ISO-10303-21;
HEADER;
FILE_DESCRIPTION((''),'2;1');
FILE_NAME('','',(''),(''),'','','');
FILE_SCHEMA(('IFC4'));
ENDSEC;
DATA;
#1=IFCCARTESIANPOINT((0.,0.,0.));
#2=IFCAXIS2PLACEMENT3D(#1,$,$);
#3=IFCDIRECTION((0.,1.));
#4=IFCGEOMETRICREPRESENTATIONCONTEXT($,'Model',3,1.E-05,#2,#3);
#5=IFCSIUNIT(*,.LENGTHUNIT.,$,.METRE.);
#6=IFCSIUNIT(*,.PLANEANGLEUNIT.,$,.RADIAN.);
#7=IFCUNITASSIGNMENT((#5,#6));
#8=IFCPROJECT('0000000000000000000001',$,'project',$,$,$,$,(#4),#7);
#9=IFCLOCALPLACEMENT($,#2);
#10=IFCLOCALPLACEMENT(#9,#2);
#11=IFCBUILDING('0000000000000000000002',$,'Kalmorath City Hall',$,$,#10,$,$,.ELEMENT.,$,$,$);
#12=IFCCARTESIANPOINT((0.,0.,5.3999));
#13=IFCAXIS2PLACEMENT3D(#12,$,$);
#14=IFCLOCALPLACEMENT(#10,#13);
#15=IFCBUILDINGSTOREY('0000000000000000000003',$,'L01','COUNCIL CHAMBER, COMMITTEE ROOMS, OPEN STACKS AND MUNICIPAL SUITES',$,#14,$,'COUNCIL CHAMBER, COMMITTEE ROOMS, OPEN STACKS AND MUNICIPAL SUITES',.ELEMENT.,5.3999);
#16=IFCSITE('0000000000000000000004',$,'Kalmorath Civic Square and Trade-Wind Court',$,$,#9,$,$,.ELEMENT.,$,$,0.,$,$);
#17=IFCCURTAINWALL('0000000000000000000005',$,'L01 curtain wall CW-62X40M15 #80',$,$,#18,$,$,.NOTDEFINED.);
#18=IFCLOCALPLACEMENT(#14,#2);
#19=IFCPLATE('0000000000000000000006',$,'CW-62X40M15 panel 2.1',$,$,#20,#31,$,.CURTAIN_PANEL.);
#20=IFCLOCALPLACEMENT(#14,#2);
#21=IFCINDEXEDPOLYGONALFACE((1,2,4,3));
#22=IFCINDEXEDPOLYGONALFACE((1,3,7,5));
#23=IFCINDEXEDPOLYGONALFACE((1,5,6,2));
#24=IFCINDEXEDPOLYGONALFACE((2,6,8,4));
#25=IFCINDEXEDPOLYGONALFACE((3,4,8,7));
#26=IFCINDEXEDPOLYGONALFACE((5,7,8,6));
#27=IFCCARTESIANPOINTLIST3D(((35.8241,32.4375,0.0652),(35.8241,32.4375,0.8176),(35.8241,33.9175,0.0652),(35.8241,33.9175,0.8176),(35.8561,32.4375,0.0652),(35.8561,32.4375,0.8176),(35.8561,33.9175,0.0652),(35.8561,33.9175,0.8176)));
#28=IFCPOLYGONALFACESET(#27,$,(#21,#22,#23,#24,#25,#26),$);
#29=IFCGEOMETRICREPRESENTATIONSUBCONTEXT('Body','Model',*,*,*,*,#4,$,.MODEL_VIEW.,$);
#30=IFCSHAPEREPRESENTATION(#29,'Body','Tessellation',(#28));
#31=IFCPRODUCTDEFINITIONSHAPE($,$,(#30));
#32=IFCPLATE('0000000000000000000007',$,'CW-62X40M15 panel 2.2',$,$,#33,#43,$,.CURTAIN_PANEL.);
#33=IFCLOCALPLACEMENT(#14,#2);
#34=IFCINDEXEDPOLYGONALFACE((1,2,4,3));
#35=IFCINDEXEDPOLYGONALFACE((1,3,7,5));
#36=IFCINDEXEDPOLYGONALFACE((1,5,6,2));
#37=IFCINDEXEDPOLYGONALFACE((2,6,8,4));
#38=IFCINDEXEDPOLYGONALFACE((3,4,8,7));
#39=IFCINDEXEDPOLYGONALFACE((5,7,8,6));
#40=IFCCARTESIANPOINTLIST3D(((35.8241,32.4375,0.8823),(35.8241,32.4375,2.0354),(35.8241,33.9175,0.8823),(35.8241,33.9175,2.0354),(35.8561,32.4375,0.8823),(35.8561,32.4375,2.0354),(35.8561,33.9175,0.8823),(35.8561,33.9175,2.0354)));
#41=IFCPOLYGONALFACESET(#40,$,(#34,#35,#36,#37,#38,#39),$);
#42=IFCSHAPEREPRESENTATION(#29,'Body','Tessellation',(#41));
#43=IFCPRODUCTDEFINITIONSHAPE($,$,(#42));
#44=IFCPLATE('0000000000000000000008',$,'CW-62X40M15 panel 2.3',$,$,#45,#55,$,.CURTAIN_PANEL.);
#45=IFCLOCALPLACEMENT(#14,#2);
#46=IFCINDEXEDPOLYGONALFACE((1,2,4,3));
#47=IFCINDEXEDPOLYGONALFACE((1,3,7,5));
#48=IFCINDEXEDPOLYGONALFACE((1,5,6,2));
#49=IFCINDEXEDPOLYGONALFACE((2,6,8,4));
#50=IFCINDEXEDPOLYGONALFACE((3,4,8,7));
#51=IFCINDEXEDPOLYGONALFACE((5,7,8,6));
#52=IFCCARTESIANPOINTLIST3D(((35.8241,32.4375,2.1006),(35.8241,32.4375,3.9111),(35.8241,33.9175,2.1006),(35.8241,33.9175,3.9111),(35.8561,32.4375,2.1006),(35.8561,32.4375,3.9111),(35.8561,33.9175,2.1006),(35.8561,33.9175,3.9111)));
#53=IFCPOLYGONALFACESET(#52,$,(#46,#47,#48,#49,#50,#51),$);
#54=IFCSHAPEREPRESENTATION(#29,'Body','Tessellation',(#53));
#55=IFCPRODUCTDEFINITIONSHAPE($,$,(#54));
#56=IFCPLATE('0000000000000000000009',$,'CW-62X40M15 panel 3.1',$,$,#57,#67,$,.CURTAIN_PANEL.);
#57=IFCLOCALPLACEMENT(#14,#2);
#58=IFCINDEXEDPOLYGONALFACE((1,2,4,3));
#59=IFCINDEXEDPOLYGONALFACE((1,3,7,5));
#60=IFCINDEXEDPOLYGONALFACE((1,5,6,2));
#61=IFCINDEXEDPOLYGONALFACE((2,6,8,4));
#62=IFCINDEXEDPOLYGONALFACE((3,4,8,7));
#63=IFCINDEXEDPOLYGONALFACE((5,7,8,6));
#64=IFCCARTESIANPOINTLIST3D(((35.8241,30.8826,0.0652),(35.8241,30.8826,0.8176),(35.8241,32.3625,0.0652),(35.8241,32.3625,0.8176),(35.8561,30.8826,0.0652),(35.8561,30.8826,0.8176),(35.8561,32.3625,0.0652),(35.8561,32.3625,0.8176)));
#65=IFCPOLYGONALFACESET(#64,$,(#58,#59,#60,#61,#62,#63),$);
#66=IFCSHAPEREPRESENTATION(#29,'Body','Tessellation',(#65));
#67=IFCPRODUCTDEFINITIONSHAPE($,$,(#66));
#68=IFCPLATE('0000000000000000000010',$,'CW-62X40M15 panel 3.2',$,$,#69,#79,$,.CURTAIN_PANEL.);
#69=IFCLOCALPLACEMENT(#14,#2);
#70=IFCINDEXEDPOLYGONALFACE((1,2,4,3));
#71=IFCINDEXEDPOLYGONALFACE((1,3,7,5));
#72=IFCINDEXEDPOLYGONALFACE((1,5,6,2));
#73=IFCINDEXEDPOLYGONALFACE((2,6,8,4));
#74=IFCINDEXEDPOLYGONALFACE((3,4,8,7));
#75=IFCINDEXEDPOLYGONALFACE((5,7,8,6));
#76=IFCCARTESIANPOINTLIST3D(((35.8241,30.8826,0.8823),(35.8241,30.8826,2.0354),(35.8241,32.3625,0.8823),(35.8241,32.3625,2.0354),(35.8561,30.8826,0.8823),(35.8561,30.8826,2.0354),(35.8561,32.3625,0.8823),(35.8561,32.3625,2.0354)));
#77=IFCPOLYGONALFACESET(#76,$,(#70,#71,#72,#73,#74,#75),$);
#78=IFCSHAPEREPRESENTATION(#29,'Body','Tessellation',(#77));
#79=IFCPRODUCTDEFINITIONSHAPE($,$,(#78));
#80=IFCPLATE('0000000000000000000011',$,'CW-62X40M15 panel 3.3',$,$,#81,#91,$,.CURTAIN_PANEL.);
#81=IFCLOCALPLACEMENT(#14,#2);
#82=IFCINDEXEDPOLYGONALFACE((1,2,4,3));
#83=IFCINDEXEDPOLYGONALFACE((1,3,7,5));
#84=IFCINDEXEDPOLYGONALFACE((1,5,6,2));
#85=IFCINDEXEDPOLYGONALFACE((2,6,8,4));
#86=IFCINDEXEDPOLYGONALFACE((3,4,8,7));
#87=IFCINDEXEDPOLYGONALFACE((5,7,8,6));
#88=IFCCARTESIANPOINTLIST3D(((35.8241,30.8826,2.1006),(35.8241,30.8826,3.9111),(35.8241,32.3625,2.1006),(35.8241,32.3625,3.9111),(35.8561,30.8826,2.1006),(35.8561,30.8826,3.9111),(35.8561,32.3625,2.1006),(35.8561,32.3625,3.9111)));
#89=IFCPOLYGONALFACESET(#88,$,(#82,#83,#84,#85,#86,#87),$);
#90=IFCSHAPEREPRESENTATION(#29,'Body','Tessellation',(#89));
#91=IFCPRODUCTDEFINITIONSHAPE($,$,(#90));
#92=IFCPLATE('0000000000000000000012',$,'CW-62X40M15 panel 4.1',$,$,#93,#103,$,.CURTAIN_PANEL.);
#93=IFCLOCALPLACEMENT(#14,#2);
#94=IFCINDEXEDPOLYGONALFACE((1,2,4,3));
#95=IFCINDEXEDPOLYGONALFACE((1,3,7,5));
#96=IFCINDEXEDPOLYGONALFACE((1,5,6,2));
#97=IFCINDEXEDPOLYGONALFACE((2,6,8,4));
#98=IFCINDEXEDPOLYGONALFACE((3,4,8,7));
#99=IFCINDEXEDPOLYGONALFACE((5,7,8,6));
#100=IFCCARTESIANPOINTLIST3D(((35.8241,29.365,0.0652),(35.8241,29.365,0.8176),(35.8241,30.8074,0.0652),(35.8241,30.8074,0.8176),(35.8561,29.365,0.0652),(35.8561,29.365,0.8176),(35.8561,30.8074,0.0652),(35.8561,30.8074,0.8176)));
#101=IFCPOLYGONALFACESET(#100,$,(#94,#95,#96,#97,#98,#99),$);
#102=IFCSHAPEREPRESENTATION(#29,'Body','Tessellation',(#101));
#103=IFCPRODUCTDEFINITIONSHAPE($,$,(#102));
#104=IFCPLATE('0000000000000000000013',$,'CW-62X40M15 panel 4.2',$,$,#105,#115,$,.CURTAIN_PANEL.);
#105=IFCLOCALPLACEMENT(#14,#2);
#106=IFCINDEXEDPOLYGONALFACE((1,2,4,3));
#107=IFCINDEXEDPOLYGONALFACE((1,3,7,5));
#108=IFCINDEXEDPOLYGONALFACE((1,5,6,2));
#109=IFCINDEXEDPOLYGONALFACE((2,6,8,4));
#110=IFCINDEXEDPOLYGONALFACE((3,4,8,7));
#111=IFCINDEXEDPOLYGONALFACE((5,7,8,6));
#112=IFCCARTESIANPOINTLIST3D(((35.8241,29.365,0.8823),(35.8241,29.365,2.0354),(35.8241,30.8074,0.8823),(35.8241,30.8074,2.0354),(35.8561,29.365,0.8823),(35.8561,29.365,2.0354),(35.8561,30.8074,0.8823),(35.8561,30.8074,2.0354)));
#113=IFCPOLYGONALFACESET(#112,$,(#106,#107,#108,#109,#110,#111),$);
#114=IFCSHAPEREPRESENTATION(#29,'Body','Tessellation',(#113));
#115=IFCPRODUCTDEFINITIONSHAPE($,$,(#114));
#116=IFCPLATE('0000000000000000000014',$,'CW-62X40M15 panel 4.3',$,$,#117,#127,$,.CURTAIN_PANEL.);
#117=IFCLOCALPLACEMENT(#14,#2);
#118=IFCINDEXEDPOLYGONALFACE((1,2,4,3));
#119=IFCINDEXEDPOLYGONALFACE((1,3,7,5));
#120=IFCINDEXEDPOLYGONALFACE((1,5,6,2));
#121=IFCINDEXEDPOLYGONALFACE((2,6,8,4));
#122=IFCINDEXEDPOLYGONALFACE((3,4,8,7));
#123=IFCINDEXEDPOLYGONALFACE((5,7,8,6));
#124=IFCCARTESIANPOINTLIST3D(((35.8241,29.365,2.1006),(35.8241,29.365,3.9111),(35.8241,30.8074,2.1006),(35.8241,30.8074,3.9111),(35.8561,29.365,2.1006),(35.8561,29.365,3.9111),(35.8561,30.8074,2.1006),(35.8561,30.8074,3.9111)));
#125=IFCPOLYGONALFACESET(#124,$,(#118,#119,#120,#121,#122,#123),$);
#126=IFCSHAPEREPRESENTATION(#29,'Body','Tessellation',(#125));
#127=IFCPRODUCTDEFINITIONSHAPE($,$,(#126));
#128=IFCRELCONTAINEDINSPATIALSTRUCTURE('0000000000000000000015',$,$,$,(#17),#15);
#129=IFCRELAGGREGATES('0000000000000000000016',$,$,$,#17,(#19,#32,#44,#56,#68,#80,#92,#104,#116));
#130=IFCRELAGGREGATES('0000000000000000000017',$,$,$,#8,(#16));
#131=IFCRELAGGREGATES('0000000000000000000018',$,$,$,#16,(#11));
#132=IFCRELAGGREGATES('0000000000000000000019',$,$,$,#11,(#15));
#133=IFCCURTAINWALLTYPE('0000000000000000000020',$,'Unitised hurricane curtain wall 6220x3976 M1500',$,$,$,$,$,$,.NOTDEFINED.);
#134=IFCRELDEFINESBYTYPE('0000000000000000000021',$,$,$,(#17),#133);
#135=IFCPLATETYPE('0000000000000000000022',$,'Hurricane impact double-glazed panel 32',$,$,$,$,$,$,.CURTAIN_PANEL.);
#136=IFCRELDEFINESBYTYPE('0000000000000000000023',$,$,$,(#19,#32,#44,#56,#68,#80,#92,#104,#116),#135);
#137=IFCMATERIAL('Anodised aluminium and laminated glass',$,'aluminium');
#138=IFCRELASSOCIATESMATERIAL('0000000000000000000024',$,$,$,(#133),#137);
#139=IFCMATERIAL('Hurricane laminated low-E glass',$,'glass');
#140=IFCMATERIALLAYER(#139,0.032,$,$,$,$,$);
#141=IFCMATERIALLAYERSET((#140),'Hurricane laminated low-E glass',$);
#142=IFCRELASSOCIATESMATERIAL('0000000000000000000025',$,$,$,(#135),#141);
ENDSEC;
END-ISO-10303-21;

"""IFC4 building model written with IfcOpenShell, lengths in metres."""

from ifc_helpers import new_model, si_unit, direction, frame, origin, origin_2d, place, context, subcontext, project, spatial, rectangle, extrude, material, layer, layer_set, type_object, element, aggregate, save


model = new_model("IFC4")

# Units and contexts
model_context = context("Model", 3, precision=1e-05, world=origin(), true_north=direction((0.0, 1.0)))
body_context = subcontext(model_context, "Body", "Model", "MODEL_VIEW")
ifc_project = project(units=[si_unit("LENGTHUNIT", "METRE"), si_unit("PLANEANGLEUNIT", "RADIAN")], contexts=[model_context])

# Site, building, storey
site_placement = place(None, origin())
site = spatial("IfcSite", under=ifc_project, at=site_placement, Name="Kalmorath Civic Square and Trade-Wind Court", CompositionType="ELEMENT", RefElevation=0.0)
building_placement = place(site_placement, origin())
building = spatial("IfcBuilding", under=site, at=building_placement, Name="Kalmorath City Hall", CompositionType="ELEMENT")
storey_placement = place(building_placement, frame((0.0, 0.0, 5.3999)))
storey = spatial("IfcBuildingStorey", under=building, at=storey_placement, Name="L01", Description="COUNCIL CHAMBER, COMMITTEE ROOMS, OPEN STACKS AND MUNICIPAL SUITES", LongName="COUNCIL CHAMBER, COMMITTEE ROOMS, OPEN STACKS AND MUNICIPAL SUITES", CompositionType="ELEMENT", Elevation=5.3999)

# Curtain wall
ifc_material_1 = material(Name="Anodised aluminium and laminated glass", Category="aluminium")
curtain_wall_type_1 = type_object("IfcCurtainWallType", Name="Unitised hurricane curtain wall 6220x3976 M1500", PredefinedType="NOTDEFINED", material=ifc_material_1)
curtain_wall_1_placement = place(storey_placement, origin())
curtain_wall_1 = element("IfcCurtainWall", 1, at=curtain_wall_1_placement, inside=storey, type_object=curtain_wall_type_1, Name="L01 curtain wall CW-62X40M15 #80", PredefinedType="NOTDEFINED")

# Plates
ifc_material_2 = material(Name="Hurricane laminated low-E glass", Category="glass")
ifc_layer = layer(ifc_material_2, 0.032)
ifc_layer_set = layer_set([ifc_layer], Name="Hurricane laminated low-E glass")
plate_type = type_object("IfcPlateType", Name="Hurricane impact double-glazed panel 32", PredefinedType="CURTAIN_PANEL", material=ifc_layer_set)
plate_1_placement = place(storey_placement, frame((35.8401, 33.1775, 0.0652), z_axis=(0.0, 0.0, 1.0), x_axis=(0.0, -1.0, 0.0)))
plate_1 = element("IfcPlate", 2, at=plate_1_placement, type_object=plate_type, Name="CW-62X40M15 panel 2.1", PredefinedType="CURTAIN_PANEL", context=body_context, shape_type="SweptSolid", body=[
    extrude(rectangle(XDim=1.48, YDim=0.032, at=origin_2d()), origin(), (0.0, 0.0, 1.0), 0.7524),
])
plate_2_placement = place(storey_placement, frame((35.8401, 33.1775, 0.8823), z_axis=(0.0, 0.0, 1.0), x_axis=(0.0, -1.0, 0.0)))
plate_2 = element("IfcPlate", 3, at=plate_2_placement, type_object=plate_type, Name="CW-62X40M15 panel 2.2", PredefinedType="CURTAIN_PANEL", context=body_context, shape_type="SweptSolid", body=[
    extrude(rectangle(XDim=1.48, YDim=0.032, at=origin_2d()), origin(), (0.0, 0.0, 1.0), 1.1531),
])
plate_3_placement = place(storey_placement, frame((35.8401, 33.1775, 2.1006), z_axis=(0.0, 0.0, 1.0), x_axis=(0.0, -1.0, 0.0)))
plate_3 = element("IfcPlate", 4, at=plate_3_placement, type_object=plate_type, Name="CW-62X40M15 panel 2.3", PredefinedType="CURTAIN_PANEL", context=body_context, shape_type="SweptSolid", body=[
    extrude(rectangle(XDim=1.48, YDim=0.032, at=origin_2d()), origin(), (0.0, 0.0, 1.0), 1.8105),
])
plate_4_placement = place(storey_placement, frame((35.8401, 31.6226, 0.0652), z_axis=(0.0, 0.0, 1.0), x_axis=(0.0, -1.0, 0.0)))
plate_4 = element("IfcPlate", 5, at=plate_4_placement, type_object=plate_type, Name="CW-62X40M15 panel 3.1", PredefinedType="CURTAIN_PANEL", context=body_context, shape_type="SweptSolid", body=[
    extrude(rectangle(XDim=1.48, YDim=0.032, at=origin_2d()), origin(), (0.0, 0.0, 1.0), 0.7524),
])
plate_5_placement = place(storey_placement, frame((35.8401, 31.6226, 0.8823), z_axis=(0.0, 0.0, 1.0), x_axis=(0.0, -1.0, 0.0)))
plate_5 = element("IfcPlate", 6, at=plate_5_placement, type_object=plate_type, Name="CW-62X40M15 panel 3.2", PredefinedType="CURTAIN_PANEL", context=body_context, shape_type="SweptSolid", body=[
    extrude(rectangle(XDim=1.48, YDim=0.032, at=origin_2d()), origin(), (0.0, 0.0, 1.0), 1.1531),
])
plate_6_placement = place(storey_placement, frame((35.8401, 31.6226, 2.1006), z_axis=(0.0, 0.0, 1.0), x_axis=(0.0, -1.0, 0.0)))
plate_6 = element("IfcPlate", 7, at=plate_6_placement, type_object=plate_type, Name="CW-62X40M15 panel 3.3", PredefinedType="CURTAIN_PANEL", context=body_context, shape_type="SweptSolid", body=[
    extrude(rectangle(XDim=1.48, YDim=0.032, at=origin_2d()), origin(), (0.0, 0.0, 1.0), 1.8105),
])
plate_7_placement = place(storey_placement, frame((35.8401, 30.0862, 0.0652), z_axis=(0.0, 0.0, 1.0), x_axis=(0.0, -1.0, 0.0)))
plate_7 = element("IfcPlate", 8, at=plate_7_placement, type_object=plate_type, Name="CW-62X40M15 panel 4.1", PredefinedType="CURTAIN_PANEL", context=body_context, shape_type="SweptSolid", body=[
    extrude(rectangle(XDim=1.4424, YDim=0.032, at=origin_2d()), origin(), (0.0, 0.0, 1.0), 0.7524),
])
plate_8_placement = place(storey_placement, frame((35.8401, 30.0862, 0.8823), z_axis=(0.0, 0.0, 1.0), x_axis=(0.0, -1.0, 0.0)))
plate_8 = element("IfcPlate", 9, at=plate_8_placement, type_object=plate_type, Name="CW-62X40M15 panel 4.2", PredefinedType="CURTAIN_PANEL", context=body_context, shape_type="SweptSolid", body=[
    extrude(rectangle(XDim=1.4424, YDim=0.032, at=origin_2d()), origin(), (0.0, 0.0, 1.0), 1.1531),
])
plate_9_placement = place(storey_placement, frame((35.8401, 30.0862, 2.1006), z_axis=(0.0, 0.0, 1.0), x_axis=(0.0, -1.0, 0.0)))
plate_9 = element("IfcPlate", 10, at=plate_9_placement, type_object=plate_type, Name="CW-62X40M15 panel 4.3", PredefinedType="CURTAIN_PANEL", context=body_context, shape_type="SweptSolid", body=[
    extrude(rectangle(XDim=1.4424, YDim=0.032, at=origin_2d()), origin(), (0.0, 0.0, 1.0), 1.8105),
])
aggregate(curtain_wall_1, [plate_1, plate_2, plate_3, plate_4, plate_5, plate_6, plate_7, plate_8, plate_9])

save(model, "model.ifc")
